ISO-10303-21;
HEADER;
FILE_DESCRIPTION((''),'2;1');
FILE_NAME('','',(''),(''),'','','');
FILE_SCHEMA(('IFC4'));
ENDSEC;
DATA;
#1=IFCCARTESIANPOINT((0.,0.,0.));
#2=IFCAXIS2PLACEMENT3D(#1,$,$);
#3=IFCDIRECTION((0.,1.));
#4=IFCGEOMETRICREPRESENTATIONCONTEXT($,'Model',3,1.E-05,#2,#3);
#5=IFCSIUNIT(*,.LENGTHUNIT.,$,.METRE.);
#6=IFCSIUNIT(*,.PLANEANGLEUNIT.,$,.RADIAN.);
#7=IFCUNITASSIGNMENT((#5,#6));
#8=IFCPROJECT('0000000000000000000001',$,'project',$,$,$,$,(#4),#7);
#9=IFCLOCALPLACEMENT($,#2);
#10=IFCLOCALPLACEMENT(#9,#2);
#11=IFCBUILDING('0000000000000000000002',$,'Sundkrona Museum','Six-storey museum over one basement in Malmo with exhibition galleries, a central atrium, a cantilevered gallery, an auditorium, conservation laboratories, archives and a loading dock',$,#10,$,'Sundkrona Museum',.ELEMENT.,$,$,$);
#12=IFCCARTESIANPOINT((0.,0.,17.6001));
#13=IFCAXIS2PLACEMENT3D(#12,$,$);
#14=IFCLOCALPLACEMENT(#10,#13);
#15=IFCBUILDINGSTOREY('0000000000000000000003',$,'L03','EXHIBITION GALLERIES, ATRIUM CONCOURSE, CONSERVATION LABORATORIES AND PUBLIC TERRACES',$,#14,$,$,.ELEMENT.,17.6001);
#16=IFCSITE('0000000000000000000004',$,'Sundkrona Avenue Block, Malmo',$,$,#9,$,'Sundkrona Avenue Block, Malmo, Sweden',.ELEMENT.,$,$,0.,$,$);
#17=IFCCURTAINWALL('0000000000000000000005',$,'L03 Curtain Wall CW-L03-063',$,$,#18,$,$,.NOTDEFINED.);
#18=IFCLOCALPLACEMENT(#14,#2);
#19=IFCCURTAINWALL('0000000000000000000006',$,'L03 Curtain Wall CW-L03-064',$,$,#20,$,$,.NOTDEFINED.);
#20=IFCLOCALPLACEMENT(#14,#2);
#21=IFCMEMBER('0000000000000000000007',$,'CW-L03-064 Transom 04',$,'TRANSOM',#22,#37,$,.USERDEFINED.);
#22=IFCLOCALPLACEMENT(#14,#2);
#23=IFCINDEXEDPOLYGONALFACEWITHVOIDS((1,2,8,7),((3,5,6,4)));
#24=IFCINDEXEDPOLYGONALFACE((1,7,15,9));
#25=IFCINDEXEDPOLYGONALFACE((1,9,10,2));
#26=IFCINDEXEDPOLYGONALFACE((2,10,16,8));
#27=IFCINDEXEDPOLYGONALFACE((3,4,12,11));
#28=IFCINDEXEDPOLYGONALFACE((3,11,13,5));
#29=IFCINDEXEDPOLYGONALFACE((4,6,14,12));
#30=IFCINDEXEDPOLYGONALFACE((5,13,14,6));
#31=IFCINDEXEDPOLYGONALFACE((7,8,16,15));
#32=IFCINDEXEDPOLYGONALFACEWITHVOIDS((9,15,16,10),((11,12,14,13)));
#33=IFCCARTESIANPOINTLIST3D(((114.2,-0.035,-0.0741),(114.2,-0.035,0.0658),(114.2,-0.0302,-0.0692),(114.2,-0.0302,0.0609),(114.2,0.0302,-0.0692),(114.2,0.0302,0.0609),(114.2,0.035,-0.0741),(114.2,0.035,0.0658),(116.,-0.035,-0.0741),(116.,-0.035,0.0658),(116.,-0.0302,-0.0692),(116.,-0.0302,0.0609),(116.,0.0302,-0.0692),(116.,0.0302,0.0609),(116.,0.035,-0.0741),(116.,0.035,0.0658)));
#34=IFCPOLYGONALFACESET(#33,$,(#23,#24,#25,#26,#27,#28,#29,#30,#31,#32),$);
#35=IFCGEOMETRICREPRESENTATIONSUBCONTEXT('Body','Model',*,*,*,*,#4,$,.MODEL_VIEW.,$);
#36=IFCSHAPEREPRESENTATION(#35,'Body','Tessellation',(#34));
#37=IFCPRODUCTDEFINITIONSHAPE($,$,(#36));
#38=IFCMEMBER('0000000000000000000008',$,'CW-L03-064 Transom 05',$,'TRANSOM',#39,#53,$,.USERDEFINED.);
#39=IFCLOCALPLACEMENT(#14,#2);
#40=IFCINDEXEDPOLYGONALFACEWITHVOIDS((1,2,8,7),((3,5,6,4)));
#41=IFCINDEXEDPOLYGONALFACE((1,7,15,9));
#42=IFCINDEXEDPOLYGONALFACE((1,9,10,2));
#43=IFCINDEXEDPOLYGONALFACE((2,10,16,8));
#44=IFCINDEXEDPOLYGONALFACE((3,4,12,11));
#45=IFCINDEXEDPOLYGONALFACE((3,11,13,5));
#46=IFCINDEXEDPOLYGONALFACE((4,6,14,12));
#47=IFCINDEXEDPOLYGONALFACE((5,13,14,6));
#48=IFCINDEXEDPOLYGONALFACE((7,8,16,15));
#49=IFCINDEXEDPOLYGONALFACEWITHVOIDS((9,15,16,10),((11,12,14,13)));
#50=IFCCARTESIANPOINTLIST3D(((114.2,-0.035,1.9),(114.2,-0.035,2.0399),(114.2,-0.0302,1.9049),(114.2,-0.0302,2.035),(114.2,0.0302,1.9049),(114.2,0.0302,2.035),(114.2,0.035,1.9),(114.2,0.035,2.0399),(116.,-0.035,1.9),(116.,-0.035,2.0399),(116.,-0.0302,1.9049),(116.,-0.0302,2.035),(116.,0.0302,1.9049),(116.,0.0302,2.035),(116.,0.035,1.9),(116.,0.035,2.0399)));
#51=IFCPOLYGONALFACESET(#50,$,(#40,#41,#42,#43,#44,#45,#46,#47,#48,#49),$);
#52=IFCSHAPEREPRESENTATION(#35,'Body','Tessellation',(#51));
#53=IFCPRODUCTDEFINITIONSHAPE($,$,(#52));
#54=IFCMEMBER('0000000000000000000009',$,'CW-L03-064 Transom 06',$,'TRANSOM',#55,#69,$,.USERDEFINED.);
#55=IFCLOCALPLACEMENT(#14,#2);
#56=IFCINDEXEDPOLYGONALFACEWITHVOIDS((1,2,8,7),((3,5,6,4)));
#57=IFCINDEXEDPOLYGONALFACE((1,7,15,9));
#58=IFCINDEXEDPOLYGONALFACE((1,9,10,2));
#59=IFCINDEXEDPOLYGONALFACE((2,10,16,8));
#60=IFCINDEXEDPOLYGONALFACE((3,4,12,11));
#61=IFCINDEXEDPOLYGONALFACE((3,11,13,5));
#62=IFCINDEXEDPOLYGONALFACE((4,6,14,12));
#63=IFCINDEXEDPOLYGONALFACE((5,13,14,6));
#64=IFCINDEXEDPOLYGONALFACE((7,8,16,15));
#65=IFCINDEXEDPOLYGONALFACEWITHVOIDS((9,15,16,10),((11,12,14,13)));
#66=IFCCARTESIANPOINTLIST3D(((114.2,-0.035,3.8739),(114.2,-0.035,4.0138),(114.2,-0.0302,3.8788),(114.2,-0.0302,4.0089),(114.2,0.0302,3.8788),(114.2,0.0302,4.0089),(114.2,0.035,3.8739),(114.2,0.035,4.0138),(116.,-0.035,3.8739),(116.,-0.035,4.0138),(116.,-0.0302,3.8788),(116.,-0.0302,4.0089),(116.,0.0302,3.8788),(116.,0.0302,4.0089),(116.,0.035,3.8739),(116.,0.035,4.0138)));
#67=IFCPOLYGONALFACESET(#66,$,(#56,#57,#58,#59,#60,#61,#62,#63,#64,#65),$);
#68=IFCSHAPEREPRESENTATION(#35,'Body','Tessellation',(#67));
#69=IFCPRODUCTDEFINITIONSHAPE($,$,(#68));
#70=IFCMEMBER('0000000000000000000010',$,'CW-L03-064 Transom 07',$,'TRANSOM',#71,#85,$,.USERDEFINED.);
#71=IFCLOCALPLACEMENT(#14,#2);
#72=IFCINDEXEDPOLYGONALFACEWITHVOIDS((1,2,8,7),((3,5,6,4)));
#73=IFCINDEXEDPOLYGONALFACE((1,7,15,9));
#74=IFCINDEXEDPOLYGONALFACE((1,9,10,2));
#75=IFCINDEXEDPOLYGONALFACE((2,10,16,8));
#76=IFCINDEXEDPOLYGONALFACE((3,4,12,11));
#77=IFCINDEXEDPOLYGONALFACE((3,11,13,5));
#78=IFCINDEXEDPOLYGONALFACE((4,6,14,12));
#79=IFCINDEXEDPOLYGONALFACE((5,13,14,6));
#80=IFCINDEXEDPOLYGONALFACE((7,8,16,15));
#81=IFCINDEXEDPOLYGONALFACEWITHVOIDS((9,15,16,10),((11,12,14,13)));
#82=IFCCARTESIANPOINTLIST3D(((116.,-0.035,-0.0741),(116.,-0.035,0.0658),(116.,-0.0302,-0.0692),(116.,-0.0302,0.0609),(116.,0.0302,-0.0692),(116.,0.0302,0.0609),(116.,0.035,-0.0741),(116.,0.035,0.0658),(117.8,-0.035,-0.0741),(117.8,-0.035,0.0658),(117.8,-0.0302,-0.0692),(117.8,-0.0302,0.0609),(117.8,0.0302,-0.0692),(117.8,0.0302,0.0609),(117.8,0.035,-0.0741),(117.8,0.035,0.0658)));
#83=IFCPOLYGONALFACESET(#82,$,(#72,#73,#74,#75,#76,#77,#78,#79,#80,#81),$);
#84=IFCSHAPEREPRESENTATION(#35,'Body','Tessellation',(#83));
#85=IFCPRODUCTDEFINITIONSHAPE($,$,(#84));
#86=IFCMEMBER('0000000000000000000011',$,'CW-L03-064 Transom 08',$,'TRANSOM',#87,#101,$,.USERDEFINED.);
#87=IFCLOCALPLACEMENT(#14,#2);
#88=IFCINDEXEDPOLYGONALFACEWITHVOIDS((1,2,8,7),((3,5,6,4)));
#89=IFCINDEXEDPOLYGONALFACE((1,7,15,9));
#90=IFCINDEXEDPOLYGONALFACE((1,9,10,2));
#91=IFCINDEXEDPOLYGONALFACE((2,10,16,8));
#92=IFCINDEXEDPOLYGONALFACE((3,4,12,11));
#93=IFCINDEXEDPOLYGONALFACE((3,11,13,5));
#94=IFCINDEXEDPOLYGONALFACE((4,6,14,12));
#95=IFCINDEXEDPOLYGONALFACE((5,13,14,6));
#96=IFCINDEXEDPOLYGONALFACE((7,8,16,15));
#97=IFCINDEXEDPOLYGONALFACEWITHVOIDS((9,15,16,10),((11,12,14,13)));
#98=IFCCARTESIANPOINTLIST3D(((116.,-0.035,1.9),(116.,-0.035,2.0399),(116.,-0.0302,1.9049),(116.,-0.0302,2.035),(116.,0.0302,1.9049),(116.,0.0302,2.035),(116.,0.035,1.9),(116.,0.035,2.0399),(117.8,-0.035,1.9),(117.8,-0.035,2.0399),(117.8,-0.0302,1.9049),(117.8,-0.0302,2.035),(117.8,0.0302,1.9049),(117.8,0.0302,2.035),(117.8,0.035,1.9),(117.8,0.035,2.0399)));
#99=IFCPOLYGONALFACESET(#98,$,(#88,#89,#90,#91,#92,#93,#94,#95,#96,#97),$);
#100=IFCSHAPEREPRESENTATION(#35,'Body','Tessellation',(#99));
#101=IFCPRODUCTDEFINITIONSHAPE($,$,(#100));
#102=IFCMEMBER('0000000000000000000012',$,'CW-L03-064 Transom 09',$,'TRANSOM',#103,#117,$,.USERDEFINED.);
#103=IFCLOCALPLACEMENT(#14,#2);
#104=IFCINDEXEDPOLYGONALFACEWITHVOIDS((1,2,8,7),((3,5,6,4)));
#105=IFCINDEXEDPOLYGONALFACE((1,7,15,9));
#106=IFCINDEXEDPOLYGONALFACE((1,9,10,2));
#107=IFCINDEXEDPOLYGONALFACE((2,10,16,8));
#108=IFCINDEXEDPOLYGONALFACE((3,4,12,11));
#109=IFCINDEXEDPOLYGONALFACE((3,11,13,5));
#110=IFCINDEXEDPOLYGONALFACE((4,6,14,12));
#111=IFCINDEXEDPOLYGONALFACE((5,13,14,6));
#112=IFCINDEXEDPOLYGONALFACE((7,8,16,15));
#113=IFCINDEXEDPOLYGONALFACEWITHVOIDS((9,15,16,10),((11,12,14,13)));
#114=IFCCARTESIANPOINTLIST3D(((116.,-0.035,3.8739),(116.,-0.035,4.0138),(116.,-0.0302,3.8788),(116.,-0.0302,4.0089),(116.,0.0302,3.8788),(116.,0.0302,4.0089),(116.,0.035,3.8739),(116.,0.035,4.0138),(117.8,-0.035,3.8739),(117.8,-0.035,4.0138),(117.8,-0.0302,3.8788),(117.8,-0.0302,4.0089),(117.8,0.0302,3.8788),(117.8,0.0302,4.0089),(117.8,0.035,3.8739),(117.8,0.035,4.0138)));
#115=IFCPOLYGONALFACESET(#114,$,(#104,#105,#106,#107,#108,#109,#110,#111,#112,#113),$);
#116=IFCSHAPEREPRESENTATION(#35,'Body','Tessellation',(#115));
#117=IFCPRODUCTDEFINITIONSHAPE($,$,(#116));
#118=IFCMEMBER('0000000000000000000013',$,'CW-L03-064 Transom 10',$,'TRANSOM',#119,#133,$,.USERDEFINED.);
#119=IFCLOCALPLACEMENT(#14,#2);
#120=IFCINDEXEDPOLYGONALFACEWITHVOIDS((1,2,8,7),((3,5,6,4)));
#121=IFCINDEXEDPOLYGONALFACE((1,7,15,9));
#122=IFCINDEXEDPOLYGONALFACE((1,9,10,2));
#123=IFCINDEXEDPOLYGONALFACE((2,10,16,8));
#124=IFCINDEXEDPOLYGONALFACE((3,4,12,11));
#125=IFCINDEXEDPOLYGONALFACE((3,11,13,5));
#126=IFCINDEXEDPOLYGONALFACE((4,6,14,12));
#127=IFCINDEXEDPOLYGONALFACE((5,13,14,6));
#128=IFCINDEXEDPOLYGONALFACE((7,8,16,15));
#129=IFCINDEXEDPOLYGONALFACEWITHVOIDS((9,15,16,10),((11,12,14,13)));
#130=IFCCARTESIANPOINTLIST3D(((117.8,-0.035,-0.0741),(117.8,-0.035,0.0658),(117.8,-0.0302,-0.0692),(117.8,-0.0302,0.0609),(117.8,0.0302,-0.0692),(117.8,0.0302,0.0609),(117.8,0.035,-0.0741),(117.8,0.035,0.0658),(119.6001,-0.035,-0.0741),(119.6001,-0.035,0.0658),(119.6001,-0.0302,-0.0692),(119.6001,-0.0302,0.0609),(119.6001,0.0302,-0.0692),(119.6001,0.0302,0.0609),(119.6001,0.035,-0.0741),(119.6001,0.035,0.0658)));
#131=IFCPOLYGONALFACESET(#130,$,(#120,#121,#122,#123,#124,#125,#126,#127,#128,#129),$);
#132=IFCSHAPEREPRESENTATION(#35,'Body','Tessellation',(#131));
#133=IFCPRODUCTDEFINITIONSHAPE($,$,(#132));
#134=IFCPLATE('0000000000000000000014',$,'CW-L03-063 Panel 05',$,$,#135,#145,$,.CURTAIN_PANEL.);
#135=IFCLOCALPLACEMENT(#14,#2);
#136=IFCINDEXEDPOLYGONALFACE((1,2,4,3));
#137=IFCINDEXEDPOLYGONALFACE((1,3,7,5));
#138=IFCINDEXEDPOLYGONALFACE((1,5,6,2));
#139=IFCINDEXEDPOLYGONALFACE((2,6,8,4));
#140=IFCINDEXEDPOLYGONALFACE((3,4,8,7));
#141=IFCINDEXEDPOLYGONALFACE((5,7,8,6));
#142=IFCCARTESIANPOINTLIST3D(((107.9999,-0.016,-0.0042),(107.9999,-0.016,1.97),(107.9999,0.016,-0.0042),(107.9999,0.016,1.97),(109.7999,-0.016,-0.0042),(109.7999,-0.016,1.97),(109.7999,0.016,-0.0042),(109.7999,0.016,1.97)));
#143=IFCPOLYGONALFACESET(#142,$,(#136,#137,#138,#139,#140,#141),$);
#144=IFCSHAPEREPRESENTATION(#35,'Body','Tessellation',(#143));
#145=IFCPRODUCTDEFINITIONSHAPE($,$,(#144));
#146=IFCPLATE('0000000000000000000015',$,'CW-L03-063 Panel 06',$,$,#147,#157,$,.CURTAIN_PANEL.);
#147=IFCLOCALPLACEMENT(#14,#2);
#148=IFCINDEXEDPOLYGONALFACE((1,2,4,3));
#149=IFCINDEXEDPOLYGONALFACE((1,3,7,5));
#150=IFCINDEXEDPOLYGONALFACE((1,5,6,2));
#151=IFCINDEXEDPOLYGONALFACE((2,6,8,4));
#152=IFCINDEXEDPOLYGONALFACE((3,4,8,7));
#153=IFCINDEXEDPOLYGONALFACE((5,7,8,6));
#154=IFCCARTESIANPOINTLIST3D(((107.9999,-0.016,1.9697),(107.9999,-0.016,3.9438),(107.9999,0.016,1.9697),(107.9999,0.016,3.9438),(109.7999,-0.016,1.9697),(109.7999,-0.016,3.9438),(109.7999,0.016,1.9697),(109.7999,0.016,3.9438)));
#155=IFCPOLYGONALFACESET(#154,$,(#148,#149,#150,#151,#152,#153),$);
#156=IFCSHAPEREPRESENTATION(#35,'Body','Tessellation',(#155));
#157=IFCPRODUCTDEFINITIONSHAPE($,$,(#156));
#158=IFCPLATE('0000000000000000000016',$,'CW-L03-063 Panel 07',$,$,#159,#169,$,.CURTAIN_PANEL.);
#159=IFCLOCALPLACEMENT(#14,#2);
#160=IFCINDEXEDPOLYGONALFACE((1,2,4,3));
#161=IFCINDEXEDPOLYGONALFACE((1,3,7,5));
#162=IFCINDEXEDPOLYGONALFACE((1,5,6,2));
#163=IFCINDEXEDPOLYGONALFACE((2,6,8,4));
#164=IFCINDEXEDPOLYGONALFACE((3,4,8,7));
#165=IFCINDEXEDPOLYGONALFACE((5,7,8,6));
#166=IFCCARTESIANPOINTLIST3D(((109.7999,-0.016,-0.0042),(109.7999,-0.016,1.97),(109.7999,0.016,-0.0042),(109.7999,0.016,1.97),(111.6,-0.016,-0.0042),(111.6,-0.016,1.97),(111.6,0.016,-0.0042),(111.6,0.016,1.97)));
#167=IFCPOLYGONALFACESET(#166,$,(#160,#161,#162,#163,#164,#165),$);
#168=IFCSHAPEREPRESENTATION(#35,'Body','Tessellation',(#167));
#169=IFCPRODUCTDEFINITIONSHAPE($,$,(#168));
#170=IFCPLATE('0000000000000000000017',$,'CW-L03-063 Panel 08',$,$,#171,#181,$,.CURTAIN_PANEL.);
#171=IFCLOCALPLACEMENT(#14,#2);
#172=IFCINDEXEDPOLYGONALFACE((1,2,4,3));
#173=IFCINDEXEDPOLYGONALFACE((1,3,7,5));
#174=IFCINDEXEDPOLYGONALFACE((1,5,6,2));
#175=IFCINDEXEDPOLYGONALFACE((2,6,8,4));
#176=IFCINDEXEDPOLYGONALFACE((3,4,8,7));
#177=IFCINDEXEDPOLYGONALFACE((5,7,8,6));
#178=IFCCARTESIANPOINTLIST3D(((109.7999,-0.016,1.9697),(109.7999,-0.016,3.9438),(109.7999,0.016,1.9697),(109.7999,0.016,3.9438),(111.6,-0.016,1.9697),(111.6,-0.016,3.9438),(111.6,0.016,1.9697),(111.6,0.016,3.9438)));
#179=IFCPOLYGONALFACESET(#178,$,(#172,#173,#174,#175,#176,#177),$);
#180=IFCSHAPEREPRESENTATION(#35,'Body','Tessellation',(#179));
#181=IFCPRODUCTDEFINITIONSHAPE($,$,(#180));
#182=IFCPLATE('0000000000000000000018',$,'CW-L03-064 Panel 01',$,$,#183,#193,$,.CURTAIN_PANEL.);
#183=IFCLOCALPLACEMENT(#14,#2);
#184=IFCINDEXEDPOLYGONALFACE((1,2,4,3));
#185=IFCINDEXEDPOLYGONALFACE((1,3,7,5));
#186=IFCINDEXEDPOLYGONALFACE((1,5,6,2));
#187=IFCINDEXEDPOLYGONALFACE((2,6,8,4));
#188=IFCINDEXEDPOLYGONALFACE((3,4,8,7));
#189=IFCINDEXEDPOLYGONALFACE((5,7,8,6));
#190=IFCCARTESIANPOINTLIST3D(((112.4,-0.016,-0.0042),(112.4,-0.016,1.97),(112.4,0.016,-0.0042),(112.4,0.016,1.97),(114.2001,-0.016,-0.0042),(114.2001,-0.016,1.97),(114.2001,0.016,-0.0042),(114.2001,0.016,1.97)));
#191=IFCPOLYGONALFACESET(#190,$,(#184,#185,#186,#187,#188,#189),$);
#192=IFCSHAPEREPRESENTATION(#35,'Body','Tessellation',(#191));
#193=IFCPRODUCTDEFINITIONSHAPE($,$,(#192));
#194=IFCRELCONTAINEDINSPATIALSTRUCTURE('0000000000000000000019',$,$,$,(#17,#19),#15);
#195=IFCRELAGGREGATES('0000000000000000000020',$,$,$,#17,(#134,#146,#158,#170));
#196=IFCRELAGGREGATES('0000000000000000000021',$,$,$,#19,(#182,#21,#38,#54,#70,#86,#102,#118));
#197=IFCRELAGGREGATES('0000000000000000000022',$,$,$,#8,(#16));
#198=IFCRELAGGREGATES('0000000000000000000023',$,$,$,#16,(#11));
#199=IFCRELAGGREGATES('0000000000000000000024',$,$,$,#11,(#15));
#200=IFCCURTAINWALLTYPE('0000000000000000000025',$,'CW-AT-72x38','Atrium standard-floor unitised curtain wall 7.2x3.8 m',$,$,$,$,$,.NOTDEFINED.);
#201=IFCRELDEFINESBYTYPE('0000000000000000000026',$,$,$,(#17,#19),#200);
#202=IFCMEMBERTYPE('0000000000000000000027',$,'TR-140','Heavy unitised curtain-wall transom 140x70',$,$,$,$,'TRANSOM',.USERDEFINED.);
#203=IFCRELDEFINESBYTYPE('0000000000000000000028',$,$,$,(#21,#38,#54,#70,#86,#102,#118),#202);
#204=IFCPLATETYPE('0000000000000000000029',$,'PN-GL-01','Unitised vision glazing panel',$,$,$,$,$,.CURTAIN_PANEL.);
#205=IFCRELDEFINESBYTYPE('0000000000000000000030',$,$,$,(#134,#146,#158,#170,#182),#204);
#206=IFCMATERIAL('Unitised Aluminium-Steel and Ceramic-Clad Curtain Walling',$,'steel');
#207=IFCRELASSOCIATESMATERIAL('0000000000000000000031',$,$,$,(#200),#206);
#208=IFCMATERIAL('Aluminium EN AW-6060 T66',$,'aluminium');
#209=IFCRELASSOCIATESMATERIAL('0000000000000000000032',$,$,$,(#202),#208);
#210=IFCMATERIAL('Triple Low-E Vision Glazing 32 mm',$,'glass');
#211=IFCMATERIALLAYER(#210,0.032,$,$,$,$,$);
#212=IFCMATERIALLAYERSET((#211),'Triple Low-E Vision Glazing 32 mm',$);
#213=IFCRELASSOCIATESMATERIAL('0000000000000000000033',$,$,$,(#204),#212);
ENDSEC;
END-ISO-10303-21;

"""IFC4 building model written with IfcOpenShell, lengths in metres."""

from ifc_helpers import new_model, si_unit, direction, frame, origin, origin_2d, place, context, subcontext, project, spatial, rectangle, hollow_rectangle, extrude, material, layer, layer_set, material_profile, profile_set, type_object, element, aggregate, save


model = new_model("IFC4")

# Units and contexts
model_context = context("Model", 3, precision=1e-05, world=origin(), true_north=direction((0.0, 1.0)))
body_context = subcontext(model_context, "Body", "Model", "MODEL_VIEW")
ifc_project = project(units=[si_unit("LENGTHUNIT", "METRE"), si_unit("PLANEANGLEUNIT", "RADIAN")], contexts=[model_context])

# Site, building, storey
site_placement = place(None, origin())
site = spatial("IfcSite", under=ifc_project, at=site_placement, Name="Sundkrona Avenue Block, Malmo", LongName="Sundkrona Avenue Block, Malmo, Sweden", CompositionType="ELEMENT", RefElevation=0.0)
building_placement = place(site_placement, origin())
building = spatial("IfcBuilding", under=site, at=building_placement, Name="Sundkrona Museum", Description="Six-storey museum over one basement in Malmo with exhibition galleries, a central atrium, a cantilevered gallery, an auditorium, conservation laboratories, archives and a loading dock", LongName="Sundkrona Museum", CompositionType="ELEMENT")
storey_placement = place(building_placement, frame((0.0, 0.0, 17.6001)))
storey = spatial("IfcBuildingStorey", under=building, at=storey_placement, Name="L03", Description="EXHIBITION GALLERIES, ATRIUM CONCOURSE, CONSERVATION LABORATORIES AND PUBLIC TERRACES", CompositionType="ELEMENT", Elevation=17.6001)

# Curtain walls
ifc_material_1 = material(Name="Unitised Aluminium-Steel and Ceramic-Clad Curtain Walling", Category="steel")
curtain_wall_type = type_object("IfcCurtainWallType", Name="CW-AT-72x38", Description="Atrium standard-floor unitised curtain wall 7.2x3.8 m", PredefinedType="NOTDEFINED", material=ifc_material_1)
curtain_wall_1_placement = place(storey_placement, origin())
curtain_wall_1 = element("IfcCurtainWall", 1, at=curtain_wall_1_placement, inside=storey, type_object=curtain_wall_type, Name="L03 Curtain Wall CW-L03-063", PredefinedType="NOTDEFINED")
ifc_material_2 = material(Name="Aluminium EN AW-6060 T66", Category="aluminium")
curtain_wall_2_placement = place(storey_placement, origin())
curtain_wall_2 = element("IfcCurtainWall", 2, at=curtain_wall_2_placement, inside=storey, type_object=curtain_wall_type, Name="L03 Curtain Wall CW-L03-064", PredefinedType="NOTDEFINED")

# Members
ifc_material_profile_1 = material_profile(ifc_material_2, hollow_rectangle(XDim=0.0701, YDim=0.1399, WallThickness=0.0049, at=origin_2d()), Name="RHS 140x70x5.0")
ifc_profile_set_1 = profile_set([ifc_material_profile_1], Name="Aluminium EN AW-6060 T66")
member_type_1 = type_object("IfcMemberType", Name="TR-140", Description="Heavy unitised curtain-wall transom 140x70", ElementType="TRANSOM", PredefinedType="USERDEFINED", material=ifc_profile_set_1)
member_1_placement = place(storey_placement, frame((114.2, 0.0, -0.0042), z_axis=(1.0, 0.0, 0.0), x_axis=(0.0, 1.0, 0.0)))
member_1 = element("IfcMember", 3, at=member_1_placement, type_object=member_type_1, Name="CW-L03-064 Transom 04", ObjectType="TRANSOM", PredefinedType="USERDEFINED", context=body_context, shape_type="SweptSolid", body=[
    extrude(hollow_rectangle(XDim=0.0701, YDim=0.1399, WallThickness=0.0049, at=origin_2d()), origin(), (0.0, 0.0, 1.0), 1.8),
])
member_2_placement = place(storey_placement, frame((114.2, 0.0, 1.97), z_axis=(1.0, 0.0, 0.0), x_axis=(0.0, 1.0, 0.0)))
member_2 = element("IfcMember", 4, at=member_2_placement, type_object=member_type_1, Name="CW-L03-064 Transom 05", ObjectType="TRANSOM", PredefinedType="USERDEFINED", context=body_context, shape_type="SweptSolid", body=[
    extrude(hollow_rectangle(XDim=0.0701, YDim=0.1399, WallThickness=0.0049, at=origin_2d()), origin(), (0.0, 0.0, 1.0), 1.8),
])
member_3_placement = place(storey_placement, frame((114.2, 0.0, 3.9438), z_axis=(1.0, 0.0, 0.0), x_axis=(0.0, 1.0, 0.0)))
member_3 = element("IfcMember", 5, at=member_3_placement, type_object=member_type_1, Name="CW-L03-064 Transom 06", ObjectType="TRANSOM", PredefinedType="USERDEFINED", context=body_context, shape_type="SweptSolid", body=[
    extrude(hollow_rectangle(XDim=0.0701, YDim=0.1399, WallThickness=0.0049, at=origin_2d()), origin(), (0.0, 0.0, 1.0), 1.8),
])
member_4_placement = place(storey_placement, frame((116.0, 0.0, -0.0042), z_axis=(1.0, 0.0, 0.0), x_axis=(0.0, 1.0, 0.0)))
member_4 = element("IfcMember", 6, at=member_4_placement, type_object=member_type_1, Name="CW-L03-064 Transom 07", ObjectType="TRANSOM", PredefinedType="USERDEFINED", context=body_context, shape_type="SweptSolid", body=[
    extrude(hollow_rectangle(XDim=0.0701, YDim=0.1399, WallThickness=0.0049, at=origin_2d()), origin(), (0.0, 0.0, 1.0), 1.8),
])
member_5_placement = place(storey_placement, frame((116.0, 0.0, 1.97), z_axis=(1.0, 0.0, 0.0), x_axis=(0.0, 1.0, 0.0)))
member_5 = element("IfcMember", 7, at=member_5_placement, type_object=member_type_1, Name="CW-L03-064 Transom 08", ObjectType="TRANSOM", PredefinedType="USERDEFINED", context=body_context, shape_type="SweptSolid", body=[
    extrude(hollow_rectangle(XDim=0.0701, YDim=0.1399, WallThickness=0.0049, at=origin_2d()), origin(), (0.0, 0.0, 1.0), 1.8),
])
member_6_placement = place(storey_placement, frame((116.0, 0.0, 3.9438), z_axis=(1.0, 0.0, 0.0), x_axis=(0.0, 1.0, 0.0)))
member_6 = element("IfcMember", 8, at=member_6_placement, type_object=member_type_1, Name="CW-L03-064 Transom 09", ObjectType="TRANSOM", PredefinedType="USERDEFINED", context=body_context, shape_type="SweptSolid", body=[
    extrude(hollow_rectangle(XDim=0.0701, YDim=0.1399, WallThickness=0.0049, at=origin_2d()), origin(), (0.0, 0.0, 1.0), 1.8),
])
member_7_placement = place(storey_placement, frame((117.8, 0.0, -0.0042), z_axis=(1.0, 0.0, 0.0), x_axis=(0.0, 1.0, 0.0)))
member_7 = element("IfcMember", 9, at=member_7_placement, type_object=member_type_1, Name="CW-L03-064 Transom 10", ObjectType="TRANSOM", PredefinedType="USERDEFINED", context=body_context, shape_type="SweptSolid", body=[
    extrude(hollow_rectangle(XDim=0.0701, YDim=0.1399, WallThickness=0.0049, at=origin_2d()), origin(), (0.0, 0.0, 1.0), 1.8),
])

# Plates
ifc_material_3 = material(Name="Triple Low-E Vision Glazing 32 mm", Category="glass")
ifc_layer = layer(ifc_material_3, 0.032)
ifc_layer_set = layer_set([ifc_layer], Name="Triple Low-E Vision Glazing 32 mm")
plate_type = type_object("IfcPlateType", Name="PN-GL-01", Description="Unitised vision glazing panel", PredefinedType="CURTAIN_PANEL", material=ifc_layer_set)
plate_1_placement = place(storey_placement, frame((108.8999, 0.0, -0.0042), z_axis=(0.0, 0.0, 1.0), x_axis=(1.0, 0.0, 0.0)))
plate_1 = element("IfcPlate", 10, at=plate_1_placement, type_object=plate_type, Name="CW-L03-063 Panel 05", PredefinedType="CURTAIN_PANEL", context=body_context, shape_type="SweptSolid", body=[
    extrude(rectangle(XDim=1.8, YDim=0.032, at=origin_2d()), origin(), (0.0, 0.0, 1.0), 1.9741),
])
plate_2_placement = place(storey_placement, frame((108.8999, 0.0, 1.9697), z_axis=(0.0, 0.0, 1.0), x_axis=(1.0, 0.0, 0.0)))
plate_2 = element("IfcPlate", 11, at=plate_2_placement, type_object=plate_type, Name="CW-L03-063 Panel 06", PredefinedType="CURTAIN_PANEL", context=body_context, shape_type="SweptSolid", body=[
    extrude(rectangle(XDim=1.8, YDim=0.032, at=origin_2d()), origin(), (0.0, 0.0, 1.0), 1.9741),
])
plate_3_placement = place(storey_placement, frame((110.7, 0.0, -0.0042), z_axis=(0.0, 0.0, 1.0), x_axis=(1.0, 0.0, 0.0)))
plate_3 = element("IfcPlate", 12, at=plate_3_placement, type_object=plate_type, Name="CW-L03-063 Panel 07", PredefinedType="CURTAIN_PANEL", context=body_context, shape_type="SweptSolid", body=[
    extrude(rectangle(XDim=1.8, YDim=0.032, at=origin_2d()), origin(), (0.0, 0.0, 1.0), 1.9741),
])
plate_4_placement = place(storey_placement, frame((110.7, 0.0, 1.9697), z_axis=(0.0, 0.0, 1.0), x_axis=(1.0, 0.0, 0.0)))
plate_4 = element("IfcPlate", 13, at=plate_4_placement, type_object=plate_type, Name="CW-L03-063 Panel 08", PredefinedType="CURTAIN_PANEL", context=body_context, shape_type="SweptSolid", body=[
    extrude(rectangle(XDim=1.8, YDim=0.032, at=origin_2d()), origin(), (0.0, 0.0, 1.0), 1.9741),
])
aggregate(curtain_wall_1, [plate_1, plate_2, plate_3, plate_4])
plate_5_placement = place(storey_placement, frame((113.3, 0.0, -0.0042), z_axis=(0.0, 0.0, 1.0), x_axis=(1.0, 0.0, 0.0)))
plate_5 = element("IfcPlate", 14, at=plate_5_placement, type_object=plate_type, Name="CW-L03-064 Panel 01", PredefinedType="CURTAIN_PANEL", context=body_context, shape_type="SweptSolid", body=[
    extrude(rectangle(XDim=1.8, YDim=0.032, at=origin_2d()), origin(), (0.0, 0.0, 1.0), 1.9741),
])
aggregate(curtain_wall_2, [plate_5, member_1, member_2, member_3, member_4, member_5, member_6, member_7])

save(model, "model.ifc")
